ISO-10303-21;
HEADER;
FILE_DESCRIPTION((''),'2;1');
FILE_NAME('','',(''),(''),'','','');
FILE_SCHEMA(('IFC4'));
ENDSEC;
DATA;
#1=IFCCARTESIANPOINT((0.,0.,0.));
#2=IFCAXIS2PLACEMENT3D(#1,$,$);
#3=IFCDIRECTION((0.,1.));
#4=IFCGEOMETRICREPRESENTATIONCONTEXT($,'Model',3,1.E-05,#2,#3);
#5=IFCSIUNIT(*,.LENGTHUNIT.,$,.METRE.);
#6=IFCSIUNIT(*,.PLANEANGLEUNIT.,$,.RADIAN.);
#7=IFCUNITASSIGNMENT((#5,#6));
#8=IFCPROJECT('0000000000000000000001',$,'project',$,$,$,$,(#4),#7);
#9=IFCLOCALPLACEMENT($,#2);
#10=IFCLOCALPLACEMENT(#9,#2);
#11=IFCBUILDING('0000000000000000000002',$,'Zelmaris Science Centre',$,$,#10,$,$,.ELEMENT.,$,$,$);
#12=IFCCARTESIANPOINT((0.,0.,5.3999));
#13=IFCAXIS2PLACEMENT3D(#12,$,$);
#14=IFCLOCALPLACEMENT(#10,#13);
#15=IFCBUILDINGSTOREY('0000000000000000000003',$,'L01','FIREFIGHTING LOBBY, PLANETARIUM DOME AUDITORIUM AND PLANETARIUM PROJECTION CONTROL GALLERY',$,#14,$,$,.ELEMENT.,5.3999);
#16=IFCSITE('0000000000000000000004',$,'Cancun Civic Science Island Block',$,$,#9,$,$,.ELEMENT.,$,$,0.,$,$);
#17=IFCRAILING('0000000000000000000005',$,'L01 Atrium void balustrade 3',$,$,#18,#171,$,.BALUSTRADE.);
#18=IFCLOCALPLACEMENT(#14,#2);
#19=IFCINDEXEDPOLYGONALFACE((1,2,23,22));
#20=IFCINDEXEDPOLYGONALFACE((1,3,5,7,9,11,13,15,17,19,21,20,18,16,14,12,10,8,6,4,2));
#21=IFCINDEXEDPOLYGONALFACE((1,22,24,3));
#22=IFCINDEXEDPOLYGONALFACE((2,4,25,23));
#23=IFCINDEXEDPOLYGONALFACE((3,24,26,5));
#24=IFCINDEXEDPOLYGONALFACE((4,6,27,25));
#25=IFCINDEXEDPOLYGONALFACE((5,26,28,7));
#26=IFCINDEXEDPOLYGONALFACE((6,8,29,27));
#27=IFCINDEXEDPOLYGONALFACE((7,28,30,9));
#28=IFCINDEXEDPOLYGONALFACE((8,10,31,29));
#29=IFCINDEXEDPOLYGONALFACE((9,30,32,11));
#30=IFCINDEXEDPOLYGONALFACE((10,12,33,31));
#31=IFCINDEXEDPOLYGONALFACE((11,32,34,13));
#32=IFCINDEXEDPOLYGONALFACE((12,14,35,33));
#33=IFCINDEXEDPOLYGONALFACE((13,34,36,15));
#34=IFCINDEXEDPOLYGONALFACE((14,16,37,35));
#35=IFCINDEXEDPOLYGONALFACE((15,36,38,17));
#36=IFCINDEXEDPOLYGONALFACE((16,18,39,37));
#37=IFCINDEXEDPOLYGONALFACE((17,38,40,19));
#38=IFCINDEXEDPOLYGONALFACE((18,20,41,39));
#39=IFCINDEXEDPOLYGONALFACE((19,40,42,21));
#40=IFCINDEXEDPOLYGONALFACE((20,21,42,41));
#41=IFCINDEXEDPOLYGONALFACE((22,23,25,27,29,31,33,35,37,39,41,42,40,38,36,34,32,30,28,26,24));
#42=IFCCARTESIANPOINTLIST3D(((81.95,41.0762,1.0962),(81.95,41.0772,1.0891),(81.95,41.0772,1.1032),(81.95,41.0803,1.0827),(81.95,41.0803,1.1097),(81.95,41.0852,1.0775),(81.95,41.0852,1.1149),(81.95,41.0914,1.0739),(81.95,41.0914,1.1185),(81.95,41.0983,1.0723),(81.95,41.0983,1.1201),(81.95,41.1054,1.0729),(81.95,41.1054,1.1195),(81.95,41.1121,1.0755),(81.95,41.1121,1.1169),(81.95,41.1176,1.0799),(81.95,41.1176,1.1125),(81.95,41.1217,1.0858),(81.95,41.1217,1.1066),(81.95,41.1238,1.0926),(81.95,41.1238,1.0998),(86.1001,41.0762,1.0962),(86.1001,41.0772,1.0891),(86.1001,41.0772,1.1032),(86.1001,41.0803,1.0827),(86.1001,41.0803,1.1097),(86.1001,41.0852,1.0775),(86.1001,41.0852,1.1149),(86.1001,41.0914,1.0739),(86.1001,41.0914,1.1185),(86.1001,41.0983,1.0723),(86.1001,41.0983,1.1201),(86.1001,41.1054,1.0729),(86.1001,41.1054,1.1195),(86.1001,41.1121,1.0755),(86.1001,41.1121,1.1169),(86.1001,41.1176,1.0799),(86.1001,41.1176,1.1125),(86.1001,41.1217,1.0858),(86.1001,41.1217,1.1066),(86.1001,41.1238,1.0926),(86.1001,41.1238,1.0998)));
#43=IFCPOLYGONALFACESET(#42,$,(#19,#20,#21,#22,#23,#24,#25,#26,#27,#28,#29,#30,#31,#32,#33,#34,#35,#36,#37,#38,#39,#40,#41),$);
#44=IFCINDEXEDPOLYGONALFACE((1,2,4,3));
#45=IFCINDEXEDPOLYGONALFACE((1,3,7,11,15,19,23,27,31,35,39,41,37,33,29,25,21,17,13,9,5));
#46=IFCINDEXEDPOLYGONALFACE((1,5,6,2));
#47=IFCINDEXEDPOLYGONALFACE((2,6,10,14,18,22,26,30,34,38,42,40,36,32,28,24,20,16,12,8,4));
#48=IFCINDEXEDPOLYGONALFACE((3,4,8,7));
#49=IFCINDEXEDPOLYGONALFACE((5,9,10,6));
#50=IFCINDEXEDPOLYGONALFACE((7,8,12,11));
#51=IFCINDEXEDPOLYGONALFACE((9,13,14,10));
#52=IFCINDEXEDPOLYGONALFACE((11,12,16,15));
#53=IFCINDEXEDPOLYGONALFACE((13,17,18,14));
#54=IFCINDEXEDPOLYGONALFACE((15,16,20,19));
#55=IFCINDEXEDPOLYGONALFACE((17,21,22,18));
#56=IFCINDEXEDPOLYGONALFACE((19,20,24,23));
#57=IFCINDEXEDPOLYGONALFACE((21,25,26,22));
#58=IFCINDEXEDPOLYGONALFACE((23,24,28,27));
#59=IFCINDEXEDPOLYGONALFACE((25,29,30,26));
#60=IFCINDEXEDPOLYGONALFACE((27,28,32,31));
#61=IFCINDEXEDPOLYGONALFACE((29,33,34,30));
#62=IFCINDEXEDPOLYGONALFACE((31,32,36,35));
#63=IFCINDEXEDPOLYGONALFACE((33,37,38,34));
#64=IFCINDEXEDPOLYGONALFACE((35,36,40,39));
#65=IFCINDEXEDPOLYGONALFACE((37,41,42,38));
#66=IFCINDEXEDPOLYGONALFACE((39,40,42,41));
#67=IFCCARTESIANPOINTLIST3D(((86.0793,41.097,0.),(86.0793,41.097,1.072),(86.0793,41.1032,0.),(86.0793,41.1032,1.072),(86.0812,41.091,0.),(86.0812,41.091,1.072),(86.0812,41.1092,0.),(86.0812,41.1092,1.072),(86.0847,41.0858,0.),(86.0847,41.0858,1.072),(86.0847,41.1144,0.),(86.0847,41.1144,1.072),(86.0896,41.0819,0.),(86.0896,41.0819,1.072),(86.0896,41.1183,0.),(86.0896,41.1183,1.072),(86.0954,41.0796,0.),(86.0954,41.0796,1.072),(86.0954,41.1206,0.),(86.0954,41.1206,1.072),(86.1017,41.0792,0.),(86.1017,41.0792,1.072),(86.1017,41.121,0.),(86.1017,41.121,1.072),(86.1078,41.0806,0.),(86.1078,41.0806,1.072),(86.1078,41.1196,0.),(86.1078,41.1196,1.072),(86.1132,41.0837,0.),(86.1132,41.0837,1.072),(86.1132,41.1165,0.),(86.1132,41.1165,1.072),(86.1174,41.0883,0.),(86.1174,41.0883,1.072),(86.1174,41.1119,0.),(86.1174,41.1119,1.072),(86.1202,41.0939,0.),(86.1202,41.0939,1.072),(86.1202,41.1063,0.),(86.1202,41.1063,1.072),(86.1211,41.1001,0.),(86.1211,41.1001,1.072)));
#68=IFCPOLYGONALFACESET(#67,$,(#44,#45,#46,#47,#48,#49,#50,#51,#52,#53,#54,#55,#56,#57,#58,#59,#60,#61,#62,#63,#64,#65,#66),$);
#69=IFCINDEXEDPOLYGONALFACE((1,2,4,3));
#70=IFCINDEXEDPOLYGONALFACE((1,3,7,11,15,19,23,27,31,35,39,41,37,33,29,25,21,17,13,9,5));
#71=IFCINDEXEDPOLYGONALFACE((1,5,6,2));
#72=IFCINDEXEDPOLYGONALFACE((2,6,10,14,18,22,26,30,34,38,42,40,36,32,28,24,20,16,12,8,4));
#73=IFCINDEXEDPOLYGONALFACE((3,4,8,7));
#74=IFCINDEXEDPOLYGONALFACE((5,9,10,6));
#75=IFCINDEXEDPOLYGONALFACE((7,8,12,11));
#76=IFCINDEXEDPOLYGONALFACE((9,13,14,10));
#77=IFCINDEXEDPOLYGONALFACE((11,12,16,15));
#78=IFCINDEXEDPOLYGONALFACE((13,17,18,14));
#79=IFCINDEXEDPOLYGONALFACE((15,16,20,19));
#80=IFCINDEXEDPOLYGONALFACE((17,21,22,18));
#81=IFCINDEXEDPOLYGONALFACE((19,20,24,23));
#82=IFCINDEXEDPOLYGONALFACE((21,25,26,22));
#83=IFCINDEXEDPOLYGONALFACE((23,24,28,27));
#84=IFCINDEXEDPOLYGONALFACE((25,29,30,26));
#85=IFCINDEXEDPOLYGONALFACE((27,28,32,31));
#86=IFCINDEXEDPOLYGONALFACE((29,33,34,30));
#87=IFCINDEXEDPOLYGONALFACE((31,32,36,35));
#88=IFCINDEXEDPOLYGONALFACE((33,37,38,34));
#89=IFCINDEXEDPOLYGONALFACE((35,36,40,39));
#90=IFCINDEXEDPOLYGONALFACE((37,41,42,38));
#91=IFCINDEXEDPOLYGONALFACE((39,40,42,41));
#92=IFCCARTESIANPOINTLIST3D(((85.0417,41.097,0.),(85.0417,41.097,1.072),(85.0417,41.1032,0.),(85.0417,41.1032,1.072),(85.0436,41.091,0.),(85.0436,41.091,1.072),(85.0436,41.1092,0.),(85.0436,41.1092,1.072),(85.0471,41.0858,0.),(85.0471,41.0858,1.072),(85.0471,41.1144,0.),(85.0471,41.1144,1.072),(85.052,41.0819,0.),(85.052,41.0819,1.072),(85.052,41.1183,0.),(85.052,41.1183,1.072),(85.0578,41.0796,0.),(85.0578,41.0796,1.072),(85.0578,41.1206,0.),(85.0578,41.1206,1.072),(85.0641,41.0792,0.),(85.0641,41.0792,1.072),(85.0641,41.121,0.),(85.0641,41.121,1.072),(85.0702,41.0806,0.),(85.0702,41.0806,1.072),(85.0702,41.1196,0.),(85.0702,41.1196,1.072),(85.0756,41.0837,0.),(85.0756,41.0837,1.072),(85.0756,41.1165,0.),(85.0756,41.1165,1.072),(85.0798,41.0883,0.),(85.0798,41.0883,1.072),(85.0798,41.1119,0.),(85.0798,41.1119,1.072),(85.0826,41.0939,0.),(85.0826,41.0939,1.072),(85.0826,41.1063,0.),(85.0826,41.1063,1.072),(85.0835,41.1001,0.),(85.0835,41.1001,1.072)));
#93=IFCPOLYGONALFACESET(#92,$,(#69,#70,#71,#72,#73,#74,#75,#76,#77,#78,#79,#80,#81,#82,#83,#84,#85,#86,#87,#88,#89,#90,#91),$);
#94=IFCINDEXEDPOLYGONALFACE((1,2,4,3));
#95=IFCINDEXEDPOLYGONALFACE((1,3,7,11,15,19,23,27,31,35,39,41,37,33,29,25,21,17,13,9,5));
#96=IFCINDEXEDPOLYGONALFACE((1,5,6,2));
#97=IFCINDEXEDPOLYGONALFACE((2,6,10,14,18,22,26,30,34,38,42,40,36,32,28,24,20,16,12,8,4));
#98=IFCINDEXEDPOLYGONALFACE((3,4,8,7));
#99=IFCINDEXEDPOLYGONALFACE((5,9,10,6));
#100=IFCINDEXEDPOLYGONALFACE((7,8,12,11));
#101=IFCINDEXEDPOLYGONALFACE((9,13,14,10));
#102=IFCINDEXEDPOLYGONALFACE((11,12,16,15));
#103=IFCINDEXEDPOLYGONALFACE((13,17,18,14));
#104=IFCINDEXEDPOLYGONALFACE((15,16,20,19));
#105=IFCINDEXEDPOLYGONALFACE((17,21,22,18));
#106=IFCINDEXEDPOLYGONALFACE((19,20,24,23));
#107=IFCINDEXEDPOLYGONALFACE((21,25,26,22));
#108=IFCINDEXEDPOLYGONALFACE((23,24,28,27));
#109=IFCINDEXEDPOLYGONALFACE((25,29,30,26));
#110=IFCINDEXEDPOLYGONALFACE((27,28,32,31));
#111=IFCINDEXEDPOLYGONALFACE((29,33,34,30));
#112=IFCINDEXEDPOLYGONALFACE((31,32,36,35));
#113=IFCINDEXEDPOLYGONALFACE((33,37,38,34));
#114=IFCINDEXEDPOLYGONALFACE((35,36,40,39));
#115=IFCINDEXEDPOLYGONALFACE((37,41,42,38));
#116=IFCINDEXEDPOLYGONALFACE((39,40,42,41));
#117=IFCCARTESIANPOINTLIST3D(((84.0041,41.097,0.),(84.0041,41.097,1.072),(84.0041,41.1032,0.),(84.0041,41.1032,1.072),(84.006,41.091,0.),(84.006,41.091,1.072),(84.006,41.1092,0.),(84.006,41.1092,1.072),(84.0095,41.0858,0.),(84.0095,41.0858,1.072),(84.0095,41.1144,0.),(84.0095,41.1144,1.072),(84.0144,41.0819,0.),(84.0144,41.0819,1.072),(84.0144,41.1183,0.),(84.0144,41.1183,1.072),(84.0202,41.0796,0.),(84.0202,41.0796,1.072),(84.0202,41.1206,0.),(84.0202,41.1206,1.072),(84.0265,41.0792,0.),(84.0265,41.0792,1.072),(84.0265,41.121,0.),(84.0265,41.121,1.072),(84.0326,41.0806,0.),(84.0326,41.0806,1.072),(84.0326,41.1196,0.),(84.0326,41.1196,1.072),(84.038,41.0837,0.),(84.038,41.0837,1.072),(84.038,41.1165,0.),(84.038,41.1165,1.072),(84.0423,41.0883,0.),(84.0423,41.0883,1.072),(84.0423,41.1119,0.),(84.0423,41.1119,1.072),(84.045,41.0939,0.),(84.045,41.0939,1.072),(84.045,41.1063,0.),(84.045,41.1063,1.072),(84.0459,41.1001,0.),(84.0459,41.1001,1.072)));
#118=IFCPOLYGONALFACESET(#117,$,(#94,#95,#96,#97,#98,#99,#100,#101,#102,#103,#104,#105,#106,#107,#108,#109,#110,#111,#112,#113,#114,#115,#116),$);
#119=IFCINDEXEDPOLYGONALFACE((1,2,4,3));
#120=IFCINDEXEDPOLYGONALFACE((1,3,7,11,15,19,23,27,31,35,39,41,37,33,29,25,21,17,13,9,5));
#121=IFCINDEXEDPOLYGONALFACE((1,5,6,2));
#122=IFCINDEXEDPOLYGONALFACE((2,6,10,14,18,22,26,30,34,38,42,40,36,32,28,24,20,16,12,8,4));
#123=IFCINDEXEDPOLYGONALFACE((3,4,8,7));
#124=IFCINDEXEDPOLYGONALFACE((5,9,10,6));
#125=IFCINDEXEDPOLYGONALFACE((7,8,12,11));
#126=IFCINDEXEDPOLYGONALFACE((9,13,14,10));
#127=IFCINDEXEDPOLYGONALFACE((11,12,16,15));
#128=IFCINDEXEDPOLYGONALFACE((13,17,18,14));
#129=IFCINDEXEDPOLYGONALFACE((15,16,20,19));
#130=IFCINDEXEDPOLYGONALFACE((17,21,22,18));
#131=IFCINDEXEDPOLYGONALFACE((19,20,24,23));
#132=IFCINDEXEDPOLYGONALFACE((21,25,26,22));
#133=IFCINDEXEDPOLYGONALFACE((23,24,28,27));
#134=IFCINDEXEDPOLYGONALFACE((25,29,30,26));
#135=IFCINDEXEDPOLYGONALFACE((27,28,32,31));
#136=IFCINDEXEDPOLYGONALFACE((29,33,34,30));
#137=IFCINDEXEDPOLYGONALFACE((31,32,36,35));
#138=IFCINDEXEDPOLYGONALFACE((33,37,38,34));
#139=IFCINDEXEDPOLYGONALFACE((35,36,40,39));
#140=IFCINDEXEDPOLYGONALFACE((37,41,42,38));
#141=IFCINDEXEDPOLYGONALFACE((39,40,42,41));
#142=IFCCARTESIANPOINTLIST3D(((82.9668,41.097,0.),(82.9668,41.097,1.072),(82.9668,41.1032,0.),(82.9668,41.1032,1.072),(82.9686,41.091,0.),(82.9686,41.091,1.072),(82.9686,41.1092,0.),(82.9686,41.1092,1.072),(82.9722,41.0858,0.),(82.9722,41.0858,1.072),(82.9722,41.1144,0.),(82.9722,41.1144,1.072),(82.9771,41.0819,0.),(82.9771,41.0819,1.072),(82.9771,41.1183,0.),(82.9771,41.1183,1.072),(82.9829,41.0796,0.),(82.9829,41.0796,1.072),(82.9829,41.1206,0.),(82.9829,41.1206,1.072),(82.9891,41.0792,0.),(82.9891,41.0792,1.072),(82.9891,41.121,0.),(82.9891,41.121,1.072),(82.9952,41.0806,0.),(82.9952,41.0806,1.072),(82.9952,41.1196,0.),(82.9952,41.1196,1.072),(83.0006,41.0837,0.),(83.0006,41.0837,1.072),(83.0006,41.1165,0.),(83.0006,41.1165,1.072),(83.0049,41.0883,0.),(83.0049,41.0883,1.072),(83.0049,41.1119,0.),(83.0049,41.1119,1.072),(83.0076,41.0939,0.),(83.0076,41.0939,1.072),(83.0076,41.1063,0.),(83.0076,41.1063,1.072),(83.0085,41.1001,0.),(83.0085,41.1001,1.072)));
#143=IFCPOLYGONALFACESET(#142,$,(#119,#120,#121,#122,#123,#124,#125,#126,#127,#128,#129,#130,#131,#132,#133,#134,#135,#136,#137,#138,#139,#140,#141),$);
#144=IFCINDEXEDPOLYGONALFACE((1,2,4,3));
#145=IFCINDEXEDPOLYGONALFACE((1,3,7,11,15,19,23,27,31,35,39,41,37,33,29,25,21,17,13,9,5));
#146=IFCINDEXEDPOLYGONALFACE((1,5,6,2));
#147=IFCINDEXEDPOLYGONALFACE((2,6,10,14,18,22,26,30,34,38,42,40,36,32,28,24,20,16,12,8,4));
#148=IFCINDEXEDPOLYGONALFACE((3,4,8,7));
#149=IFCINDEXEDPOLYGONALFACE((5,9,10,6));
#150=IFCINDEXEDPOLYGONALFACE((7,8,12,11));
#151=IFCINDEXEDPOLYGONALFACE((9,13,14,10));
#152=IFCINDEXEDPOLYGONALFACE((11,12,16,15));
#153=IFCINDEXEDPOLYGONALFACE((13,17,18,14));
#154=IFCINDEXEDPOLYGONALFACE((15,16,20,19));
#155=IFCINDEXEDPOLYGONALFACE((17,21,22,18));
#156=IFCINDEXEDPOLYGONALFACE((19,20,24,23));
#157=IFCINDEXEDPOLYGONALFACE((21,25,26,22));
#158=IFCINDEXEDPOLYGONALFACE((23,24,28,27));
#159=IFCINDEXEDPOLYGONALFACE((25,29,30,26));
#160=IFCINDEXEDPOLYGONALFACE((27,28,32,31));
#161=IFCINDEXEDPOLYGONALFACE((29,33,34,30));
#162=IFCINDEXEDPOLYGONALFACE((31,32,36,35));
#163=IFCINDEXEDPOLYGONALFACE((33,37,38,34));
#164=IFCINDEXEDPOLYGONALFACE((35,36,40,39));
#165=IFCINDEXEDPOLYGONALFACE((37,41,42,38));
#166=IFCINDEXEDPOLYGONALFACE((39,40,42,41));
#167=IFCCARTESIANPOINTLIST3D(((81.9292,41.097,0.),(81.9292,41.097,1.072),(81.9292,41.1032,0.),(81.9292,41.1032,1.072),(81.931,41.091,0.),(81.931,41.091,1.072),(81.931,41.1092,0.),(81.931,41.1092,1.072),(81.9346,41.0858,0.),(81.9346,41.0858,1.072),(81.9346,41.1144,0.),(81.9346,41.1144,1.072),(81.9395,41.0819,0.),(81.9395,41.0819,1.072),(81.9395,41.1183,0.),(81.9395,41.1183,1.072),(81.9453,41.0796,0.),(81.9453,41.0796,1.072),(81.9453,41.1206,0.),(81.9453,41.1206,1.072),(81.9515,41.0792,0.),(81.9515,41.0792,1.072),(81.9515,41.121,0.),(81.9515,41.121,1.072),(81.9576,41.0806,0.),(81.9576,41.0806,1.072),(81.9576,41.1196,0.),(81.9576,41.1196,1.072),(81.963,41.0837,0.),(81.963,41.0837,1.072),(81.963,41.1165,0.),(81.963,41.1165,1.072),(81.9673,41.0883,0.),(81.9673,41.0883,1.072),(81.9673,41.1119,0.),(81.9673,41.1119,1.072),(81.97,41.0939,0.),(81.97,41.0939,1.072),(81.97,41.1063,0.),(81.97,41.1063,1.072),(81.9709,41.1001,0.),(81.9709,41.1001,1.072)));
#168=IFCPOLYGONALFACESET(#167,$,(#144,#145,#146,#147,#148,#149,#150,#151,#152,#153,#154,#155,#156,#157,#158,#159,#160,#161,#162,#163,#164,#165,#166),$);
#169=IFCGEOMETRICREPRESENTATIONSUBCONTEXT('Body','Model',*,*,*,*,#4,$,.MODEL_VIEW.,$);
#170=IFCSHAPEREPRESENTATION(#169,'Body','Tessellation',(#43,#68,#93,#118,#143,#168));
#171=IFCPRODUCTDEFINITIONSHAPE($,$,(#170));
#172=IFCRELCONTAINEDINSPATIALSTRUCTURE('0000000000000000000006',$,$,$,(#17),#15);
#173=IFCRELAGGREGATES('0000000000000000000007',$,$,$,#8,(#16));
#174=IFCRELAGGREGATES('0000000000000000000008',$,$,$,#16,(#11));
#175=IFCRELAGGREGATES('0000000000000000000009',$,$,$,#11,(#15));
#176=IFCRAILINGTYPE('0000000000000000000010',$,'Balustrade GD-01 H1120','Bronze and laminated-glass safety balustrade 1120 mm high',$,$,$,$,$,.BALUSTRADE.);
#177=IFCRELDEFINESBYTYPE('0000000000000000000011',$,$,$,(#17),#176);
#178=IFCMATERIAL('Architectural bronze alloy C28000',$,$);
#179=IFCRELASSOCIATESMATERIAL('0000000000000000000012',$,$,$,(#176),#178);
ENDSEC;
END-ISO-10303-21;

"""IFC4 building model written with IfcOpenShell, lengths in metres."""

from ifc_helpers import new_model, si_unit, direction, frame, origin, origin_2d, place, context, subcontext, project, spatial, circle, extrude, material, type_object, element, save


model = new_model("IFC4")

# Units and contexts
model_context = context("Model", 3, precision=1e-05, world=origin(), true_north=direction((0.0, 1.0)))
body_context = subcontext(model_context, "Body", "Model", "MODEL_VIEW")
ifc_project = project(units=[si_unit("LENGTHUNIT", "METRE"), si_unit("PLANEANGLEUNIT", "RADIAN")], contexts=[model_context])

# Site, building, storey
site_placement = place(None, origin())
site = spatial("IfcSite", under=ifc_project, at=site_placement, Name="Cancun Civic Science Island Block", CompositionType="ELEMENT", RefElevation=0.0)
building_placement = place(site_placement, origin())
building = spatial("IfcBuilding", under=site, at=building_placement, Name="Zelmaris Science Centre", CompositionType="ELEMENT")
storey_placement = place(building_placement, frame((0.0, 0.0, 5.3999)))
storey = spatial("IfcBuildingStorey", under=building, at=storey_placement, Name="L01", Description="FIREFIGHTING LOBBY, PLANETARIUM DOME AUDITORIUM AND PLANETARIUM PROJECTION CONTROL GALLERY", CompositionType="ELEMENT", Elevation=5.3999)

# Railing
ifc_material_1 = material(Name="Architectural bronze alloy C28000")
railing_type_1 = type_object("IfcRailingType", Name="Balustrade GD-01 H1120", Description="Bronze and laminated-glass safety balustrade 1120 mm high", PredefinedType="BALUSTRADE", material=ifc_material_1)
railing_1_placement = place(storey_placement, frame((86.1001, 41.1001, 0.0)))
element("IfcRailing", 1, at=railing_1_placement, inside=storey, type_object=railing_type_1, Name="L01 Atrium void balustrade 3", PredefinedType="BALUSTRADE", context=body_context, shape_type="SweptSolid", body=[
    extrude(circle(Radius=0.0239, at=origin_2d()), frame((0.0, 0.0, 1.0962), z_axis=(-1.0, 0.0, 0.0), x_axis=(0.0, -1.0, 0.0)), (0.0, 0.0, 1.0), 4.1501),
    extrude(circle(Radius=0.021, at=origin_2d()), origin(), (0.0, 0.0, 1.0), 1.072),
    extrude(circle(Radius=0.021, at=origin_2d()), frame((-1.0376, 0.0, 0.0)), (0.0, 0.0, 1.0), 1.072),
    extrude(circle(Radius=0.021, at=origin_2d()), frame((-2.0752, 0.0, 0.0)), (0.0, 0.0, 1.0), 1.072),
    extrude(circle(Radius=0.021, at=origin_2d()), frame((-3.1125, 0.0, 0.0)), (0.0, 0.0, 1.0), 1.072),
    extrude(circle(Radius=0.021, at=origin_2d()), frame((-4.1501, 0.0, 0.0)), (0.0, 0.0, 1.0), 1.072),
])

save(model, "model.ifc")
